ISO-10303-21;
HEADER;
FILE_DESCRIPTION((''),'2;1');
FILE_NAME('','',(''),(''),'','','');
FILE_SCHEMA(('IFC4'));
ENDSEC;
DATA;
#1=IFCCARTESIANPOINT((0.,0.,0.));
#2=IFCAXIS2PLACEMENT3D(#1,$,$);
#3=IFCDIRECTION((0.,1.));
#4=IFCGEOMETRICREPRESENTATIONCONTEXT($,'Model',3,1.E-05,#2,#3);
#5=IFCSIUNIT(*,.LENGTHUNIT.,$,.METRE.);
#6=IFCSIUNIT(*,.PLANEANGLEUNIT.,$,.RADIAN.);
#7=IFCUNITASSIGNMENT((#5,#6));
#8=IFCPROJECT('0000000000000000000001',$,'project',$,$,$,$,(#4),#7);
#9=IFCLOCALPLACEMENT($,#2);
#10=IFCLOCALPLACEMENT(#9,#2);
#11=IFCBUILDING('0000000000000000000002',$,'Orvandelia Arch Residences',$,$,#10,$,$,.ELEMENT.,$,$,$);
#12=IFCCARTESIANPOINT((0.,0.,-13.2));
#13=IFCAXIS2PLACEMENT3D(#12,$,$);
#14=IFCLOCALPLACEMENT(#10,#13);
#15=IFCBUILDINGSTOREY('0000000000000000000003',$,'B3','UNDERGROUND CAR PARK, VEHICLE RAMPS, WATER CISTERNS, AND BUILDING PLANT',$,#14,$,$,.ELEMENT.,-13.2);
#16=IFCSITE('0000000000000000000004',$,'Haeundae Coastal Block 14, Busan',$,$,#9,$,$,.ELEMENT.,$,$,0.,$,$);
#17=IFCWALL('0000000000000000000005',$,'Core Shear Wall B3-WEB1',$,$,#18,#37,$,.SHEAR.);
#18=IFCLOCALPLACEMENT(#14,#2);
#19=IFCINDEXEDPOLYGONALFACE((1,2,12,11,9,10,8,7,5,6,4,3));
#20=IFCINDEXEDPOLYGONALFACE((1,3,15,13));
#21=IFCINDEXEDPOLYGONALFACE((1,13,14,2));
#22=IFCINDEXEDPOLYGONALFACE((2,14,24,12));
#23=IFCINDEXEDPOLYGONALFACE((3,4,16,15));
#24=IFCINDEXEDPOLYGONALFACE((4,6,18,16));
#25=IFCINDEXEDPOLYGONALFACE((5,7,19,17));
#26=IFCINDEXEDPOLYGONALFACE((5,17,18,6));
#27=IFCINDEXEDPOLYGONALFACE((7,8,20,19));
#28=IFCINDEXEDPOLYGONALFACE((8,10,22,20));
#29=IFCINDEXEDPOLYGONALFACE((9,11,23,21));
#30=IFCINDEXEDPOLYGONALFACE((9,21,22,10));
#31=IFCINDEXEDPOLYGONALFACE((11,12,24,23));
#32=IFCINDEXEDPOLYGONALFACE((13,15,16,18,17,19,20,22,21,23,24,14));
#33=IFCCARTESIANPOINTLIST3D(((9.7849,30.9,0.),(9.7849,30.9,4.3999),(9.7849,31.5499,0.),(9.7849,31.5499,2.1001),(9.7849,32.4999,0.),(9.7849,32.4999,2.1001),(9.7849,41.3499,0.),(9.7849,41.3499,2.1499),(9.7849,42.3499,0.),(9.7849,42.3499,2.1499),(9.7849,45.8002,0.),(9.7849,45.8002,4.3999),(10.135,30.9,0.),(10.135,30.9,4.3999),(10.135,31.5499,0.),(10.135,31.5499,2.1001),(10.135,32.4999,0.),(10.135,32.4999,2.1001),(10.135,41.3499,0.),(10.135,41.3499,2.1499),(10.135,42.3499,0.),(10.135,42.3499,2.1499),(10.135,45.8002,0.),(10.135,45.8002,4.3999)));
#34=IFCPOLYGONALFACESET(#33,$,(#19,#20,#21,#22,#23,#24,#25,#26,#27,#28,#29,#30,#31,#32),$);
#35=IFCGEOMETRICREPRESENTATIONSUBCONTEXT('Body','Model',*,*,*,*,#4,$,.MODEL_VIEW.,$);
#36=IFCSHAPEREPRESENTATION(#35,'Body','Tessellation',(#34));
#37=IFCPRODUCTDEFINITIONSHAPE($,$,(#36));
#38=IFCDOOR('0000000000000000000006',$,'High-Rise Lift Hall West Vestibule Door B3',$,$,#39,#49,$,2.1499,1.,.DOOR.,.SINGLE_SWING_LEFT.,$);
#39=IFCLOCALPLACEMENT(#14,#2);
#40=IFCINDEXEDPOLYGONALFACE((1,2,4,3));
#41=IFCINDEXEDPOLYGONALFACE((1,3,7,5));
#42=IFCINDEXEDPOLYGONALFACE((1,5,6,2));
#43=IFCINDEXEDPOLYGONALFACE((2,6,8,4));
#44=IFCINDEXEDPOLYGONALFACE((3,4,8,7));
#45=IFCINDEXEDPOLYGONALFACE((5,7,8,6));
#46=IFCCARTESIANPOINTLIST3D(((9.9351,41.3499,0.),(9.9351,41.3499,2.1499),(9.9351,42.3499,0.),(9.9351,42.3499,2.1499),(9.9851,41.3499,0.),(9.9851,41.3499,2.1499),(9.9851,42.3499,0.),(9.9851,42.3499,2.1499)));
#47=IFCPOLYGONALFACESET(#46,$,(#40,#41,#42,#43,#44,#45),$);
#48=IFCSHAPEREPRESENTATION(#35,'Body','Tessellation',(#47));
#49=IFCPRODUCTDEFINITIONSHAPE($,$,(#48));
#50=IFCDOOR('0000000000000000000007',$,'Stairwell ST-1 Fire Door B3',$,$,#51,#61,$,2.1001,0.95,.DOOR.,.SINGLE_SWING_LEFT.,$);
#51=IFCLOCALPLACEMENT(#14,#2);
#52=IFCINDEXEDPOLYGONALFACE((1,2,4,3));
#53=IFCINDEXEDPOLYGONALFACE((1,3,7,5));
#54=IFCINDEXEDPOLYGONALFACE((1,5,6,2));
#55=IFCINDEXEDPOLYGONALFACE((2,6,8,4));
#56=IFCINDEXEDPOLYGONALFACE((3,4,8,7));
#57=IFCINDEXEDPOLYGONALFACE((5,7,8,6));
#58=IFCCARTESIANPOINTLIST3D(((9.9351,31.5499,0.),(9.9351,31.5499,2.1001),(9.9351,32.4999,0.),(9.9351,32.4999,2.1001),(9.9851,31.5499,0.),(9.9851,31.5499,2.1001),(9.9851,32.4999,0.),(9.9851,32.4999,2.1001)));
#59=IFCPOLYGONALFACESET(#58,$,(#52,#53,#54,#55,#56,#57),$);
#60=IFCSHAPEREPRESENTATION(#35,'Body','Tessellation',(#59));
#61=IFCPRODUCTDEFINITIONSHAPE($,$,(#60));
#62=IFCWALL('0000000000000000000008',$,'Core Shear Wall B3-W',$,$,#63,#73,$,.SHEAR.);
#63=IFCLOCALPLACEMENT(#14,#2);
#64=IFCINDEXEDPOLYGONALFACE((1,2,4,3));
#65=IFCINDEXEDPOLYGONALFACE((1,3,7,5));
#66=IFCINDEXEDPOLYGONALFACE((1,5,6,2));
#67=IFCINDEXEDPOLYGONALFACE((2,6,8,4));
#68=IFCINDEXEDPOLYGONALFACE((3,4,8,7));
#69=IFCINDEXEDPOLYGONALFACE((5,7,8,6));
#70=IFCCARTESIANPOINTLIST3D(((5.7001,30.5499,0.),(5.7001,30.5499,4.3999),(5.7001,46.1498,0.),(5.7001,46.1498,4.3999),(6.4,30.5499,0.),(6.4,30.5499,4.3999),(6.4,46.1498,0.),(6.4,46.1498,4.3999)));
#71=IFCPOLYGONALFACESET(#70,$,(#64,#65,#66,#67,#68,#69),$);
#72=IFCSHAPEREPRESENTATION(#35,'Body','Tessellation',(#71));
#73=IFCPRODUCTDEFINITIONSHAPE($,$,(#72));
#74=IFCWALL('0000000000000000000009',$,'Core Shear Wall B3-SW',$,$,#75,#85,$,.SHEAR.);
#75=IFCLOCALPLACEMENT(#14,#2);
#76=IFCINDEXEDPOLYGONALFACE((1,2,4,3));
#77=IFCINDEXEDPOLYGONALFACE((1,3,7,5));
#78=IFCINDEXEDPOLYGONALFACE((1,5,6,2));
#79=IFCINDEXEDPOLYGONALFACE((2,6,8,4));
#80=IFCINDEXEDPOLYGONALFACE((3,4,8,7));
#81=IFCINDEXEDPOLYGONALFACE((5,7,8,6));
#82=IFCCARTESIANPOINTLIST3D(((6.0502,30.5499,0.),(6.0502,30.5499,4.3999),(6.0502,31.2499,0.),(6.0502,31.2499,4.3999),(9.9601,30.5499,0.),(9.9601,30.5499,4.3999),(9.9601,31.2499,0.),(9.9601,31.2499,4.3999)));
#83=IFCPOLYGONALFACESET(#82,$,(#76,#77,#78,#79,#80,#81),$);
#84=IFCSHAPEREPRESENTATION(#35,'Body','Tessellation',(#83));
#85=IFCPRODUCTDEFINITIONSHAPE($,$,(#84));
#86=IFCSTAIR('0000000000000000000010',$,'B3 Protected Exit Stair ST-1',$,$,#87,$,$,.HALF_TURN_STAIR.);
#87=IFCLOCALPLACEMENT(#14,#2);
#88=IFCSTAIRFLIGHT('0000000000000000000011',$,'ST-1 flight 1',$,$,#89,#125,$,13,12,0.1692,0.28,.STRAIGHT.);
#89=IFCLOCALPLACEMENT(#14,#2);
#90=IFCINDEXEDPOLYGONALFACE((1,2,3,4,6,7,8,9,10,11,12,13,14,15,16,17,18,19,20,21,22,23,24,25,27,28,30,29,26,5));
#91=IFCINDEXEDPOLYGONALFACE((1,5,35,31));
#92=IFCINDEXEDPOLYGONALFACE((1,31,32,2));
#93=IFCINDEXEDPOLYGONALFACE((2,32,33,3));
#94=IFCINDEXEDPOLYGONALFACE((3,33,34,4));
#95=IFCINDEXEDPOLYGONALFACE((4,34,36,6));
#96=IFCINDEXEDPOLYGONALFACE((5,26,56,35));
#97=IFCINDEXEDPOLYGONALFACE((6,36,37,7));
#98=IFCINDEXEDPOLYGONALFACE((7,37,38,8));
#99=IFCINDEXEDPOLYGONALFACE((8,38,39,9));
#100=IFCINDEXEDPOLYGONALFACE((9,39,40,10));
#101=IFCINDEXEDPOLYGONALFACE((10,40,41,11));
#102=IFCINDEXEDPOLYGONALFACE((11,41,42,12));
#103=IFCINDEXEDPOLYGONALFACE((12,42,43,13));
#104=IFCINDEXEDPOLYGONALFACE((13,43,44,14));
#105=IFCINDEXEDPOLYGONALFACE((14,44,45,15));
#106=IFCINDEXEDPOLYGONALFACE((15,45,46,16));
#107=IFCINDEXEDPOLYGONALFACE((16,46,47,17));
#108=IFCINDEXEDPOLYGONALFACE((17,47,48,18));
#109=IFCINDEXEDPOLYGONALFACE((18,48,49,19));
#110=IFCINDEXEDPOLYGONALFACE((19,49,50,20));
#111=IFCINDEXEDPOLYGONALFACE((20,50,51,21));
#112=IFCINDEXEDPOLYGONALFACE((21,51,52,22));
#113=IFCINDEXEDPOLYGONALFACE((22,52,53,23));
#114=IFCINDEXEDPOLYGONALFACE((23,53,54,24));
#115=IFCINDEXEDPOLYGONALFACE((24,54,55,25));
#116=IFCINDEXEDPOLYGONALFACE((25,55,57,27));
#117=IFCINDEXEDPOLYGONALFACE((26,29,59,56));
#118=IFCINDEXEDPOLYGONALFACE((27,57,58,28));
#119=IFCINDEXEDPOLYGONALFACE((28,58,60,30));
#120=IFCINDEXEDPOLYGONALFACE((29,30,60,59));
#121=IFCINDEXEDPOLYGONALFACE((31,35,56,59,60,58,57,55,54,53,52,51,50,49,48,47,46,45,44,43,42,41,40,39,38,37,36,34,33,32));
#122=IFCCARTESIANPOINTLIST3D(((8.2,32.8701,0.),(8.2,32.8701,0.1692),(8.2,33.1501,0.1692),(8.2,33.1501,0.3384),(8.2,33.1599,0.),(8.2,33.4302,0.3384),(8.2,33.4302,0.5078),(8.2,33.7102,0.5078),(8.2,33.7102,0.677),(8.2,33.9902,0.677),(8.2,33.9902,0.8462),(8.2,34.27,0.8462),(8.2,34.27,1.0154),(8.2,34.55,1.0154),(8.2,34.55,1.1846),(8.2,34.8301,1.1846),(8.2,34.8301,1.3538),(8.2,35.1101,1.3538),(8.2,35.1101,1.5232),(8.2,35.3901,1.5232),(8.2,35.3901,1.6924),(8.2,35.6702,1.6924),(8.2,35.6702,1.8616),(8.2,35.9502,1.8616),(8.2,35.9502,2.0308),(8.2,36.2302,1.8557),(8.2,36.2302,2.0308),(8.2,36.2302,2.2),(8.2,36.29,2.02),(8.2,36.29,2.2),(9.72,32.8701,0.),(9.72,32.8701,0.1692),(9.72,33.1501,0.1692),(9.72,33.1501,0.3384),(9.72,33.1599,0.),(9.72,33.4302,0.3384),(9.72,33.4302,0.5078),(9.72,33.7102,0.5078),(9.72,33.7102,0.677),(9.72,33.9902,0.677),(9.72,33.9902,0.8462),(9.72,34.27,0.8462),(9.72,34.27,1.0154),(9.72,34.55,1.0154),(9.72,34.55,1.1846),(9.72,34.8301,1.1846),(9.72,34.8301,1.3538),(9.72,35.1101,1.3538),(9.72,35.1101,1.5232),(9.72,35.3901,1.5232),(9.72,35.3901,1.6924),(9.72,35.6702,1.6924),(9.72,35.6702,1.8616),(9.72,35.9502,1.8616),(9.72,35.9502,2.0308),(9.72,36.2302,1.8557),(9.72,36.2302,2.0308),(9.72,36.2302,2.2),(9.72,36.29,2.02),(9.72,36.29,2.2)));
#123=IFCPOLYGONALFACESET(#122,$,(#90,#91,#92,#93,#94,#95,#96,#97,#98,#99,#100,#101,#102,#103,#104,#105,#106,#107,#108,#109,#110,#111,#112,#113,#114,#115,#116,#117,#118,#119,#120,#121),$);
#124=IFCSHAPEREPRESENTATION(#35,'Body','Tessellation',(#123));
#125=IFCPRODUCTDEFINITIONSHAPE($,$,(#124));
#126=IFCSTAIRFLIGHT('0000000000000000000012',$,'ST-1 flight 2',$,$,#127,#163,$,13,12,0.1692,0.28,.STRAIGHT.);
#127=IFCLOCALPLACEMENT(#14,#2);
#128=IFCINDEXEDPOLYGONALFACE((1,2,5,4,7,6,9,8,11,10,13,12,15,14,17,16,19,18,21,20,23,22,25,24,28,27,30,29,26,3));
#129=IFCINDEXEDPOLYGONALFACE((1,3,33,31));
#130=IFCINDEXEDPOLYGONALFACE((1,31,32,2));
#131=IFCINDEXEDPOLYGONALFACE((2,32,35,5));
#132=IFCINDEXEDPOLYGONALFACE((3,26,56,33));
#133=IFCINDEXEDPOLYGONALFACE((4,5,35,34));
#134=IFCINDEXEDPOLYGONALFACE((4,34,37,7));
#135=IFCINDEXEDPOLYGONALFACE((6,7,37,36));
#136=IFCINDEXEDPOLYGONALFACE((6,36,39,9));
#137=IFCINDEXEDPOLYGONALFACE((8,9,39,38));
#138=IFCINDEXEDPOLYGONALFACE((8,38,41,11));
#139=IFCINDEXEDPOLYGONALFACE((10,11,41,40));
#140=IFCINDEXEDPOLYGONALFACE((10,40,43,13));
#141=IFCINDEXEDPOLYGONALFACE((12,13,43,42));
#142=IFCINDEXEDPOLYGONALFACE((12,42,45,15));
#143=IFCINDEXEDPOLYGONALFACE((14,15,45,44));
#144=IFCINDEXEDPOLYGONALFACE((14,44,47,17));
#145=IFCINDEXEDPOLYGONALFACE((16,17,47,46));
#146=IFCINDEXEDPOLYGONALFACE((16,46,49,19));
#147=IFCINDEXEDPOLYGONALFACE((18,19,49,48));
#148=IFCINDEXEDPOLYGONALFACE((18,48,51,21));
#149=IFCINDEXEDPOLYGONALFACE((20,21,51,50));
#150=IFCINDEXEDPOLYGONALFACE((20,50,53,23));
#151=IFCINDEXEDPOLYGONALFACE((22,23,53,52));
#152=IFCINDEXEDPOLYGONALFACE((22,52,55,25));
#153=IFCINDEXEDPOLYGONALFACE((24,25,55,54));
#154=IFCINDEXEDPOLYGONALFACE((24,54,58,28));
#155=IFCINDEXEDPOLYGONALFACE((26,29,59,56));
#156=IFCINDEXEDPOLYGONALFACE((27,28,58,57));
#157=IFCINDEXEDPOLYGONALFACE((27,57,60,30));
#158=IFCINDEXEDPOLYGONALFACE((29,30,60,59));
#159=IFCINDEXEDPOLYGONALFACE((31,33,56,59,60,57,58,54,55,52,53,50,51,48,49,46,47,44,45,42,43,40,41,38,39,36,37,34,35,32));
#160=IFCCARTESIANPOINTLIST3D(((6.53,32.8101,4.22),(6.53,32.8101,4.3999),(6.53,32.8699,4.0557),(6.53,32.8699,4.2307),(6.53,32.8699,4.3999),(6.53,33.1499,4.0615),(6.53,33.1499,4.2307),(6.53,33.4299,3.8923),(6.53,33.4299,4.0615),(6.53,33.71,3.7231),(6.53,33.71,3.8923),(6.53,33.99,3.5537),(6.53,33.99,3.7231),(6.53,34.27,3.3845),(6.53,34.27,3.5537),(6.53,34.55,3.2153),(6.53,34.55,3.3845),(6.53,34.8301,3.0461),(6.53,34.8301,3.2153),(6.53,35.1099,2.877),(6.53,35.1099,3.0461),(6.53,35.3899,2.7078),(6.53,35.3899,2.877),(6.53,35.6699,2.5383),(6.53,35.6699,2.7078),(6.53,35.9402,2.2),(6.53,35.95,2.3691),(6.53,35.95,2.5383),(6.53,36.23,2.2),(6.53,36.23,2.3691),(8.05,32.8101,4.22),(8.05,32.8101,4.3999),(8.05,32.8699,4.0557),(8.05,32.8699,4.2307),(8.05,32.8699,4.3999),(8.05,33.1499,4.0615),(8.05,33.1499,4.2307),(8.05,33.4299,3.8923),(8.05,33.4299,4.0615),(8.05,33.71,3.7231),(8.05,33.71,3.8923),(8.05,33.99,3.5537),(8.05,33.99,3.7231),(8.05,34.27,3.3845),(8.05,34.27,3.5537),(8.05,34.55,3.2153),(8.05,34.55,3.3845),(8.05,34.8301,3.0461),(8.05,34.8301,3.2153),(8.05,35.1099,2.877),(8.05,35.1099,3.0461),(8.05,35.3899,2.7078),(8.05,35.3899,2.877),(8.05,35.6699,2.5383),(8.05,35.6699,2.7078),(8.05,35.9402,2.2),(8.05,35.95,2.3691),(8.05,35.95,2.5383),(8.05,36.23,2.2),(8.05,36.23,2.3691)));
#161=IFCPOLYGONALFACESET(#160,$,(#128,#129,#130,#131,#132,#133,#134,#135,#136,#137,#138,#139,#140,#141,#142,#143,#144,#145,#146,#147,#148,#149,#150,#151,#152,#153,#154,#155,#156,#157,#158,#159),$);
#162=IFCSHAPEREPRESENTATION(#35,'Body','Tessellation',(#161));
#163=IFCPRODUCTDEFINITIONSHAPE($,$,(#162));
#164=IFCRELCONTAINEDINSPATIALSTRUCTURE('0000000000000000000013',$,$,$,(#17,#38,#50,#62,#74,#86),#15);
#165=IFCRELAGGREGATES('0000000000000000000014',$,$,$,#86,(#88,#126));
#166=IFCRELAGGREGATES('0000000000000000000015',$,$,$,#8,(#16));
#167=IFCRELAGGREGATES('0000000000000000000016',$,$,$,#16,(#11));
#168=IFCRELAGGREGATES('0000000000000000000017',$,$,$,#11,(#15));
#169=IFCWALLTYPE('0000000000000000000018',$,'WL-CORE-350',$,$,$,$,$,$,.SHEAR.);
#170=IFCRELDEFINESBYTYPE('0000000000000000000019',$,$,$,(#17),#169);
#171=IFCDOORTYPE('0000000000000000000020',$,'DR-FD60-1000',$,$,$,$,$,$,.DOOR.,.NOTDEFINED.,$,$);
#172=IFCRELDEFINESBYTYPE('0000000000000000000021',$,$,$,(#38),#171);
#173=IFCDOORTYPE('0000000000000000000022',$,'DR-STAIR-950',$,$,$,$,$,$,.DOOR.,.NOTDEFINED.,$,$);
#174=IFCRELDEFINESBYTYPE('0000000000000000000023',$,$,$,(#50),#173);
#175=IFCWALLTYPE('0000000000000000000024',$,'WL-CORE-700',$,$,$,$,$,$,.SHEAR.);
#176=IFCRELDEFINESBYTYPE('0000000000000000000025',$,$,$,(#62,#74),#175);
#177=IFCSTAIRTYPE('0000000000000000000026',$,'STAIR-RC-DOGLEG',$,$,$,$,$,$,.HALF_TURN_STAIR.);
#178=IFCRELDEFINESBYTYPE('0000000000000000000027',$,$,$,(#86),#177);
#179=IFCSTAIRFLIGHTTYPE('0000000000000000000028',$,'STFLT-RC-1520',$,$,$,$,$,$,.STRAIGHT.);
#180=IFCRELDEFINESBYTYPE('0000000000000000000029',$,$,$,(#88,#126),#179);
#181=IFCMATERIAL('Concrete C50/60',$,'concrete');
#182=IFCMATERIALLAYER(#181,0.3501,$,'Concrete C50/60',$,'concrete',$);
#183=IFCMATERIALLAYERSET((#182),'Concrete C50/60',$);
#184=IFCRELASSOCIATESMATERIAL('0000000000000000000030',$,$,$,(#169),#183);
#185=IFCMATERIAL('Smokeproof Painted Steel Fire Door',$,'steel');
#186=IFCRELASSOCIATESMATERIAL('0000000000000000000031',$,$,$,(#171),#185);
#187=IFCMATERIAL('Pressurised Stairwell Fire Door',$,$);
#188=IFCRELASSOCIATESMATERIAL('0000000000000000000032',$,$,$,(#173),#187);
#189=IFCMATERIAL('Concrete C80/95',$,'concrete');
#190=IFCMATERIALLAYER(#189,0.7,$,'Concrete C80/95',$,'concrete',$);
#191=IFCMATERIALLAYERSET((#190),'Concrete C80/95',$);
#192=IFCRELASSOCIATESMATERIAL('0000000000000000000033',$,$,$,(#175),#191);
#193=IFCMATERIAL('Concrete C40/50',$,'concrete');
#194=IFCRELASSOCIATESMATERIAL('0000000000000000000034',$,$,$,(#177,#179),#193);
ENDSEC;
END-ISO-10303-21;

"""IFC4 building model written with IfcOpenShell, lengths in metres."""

from ifc_helpers import new_model, si_unit, direction, frame, frame_2d, origin, place, context, subcontext, project, spatial, polyline, rectangle, outline, extrude, material, layer, layer_set, type_object, element, fill, aggregate, save


model = new_model("IFC4")

# Units and contexts
model_context = context("Model", 3, precision=1e-05, world=origin(), true_north=direction((0.0, 1.0)))
body_context = subcontext(model_context, "Body", "Model", "MODEL_VIEW")
ifc_project = project(units=[si_unit("LENGTHUNIT", "METRE"), si_unit("PLANEANGLEUNIT", "RADIAN")], contexts=[model_context])

# Site, building, storey
site_placement = place(None, origin())
site = spatial("IfcSite", under=ifc_project, at=site_placement, Name="Haeundae Coastal Block 14, Busan", CompositionType="ELEMENT", RefElevation=0.0)
building_placement = place(site_placement, origin())
building = spatial("IfcBuilding", under=site, at=building_placement, Name="Orvandelia Arch Residences", CompositionType="ELEMENT")
storey_placement = place(building_placement, frame((0.0, 0.0, -13.2)))
storey = spatial("IfcBuildingStorey", under=building, at=storey_placement, Name="B3", Description="UNDERGROUND CAR PARK, VEHICLE RAMPS, WATER CISTERNS, AND BUILDING PLANT", CompositionType="ELEMENT", Elevation=-13.2)

# Shared definitions
ifc_material_1 = material(Name="Concrete C50/60", Category="concrete")

# Shared definitions
ifc_material_2 = material(Name="Concrete C80/95", Category="concrete")

# Wall, openings, doors
ifc_layer_1 = layer(ifc_material_1, 0.3501, Name="Concrete C50/60", Category="concrete")
ifc_layer_set_1 = layer_set([ifc_layer_1], Name="Concrete C50/60")
wall_type_1 = type_object("IfcWallType", Name="WL-CORE-350", PredefinedType="SHEAR", material=ifc_layer_set_1)
wall_1_placement = place(storey_placement, frame((9.96, 30.8999, 0.0), z_axis=(0.0, 0.0, 1.0), x_axis=(0.0, 1.0, 0.0)))
wall_1 = element("IfcWall", 1, at=wall_1_placement, inside=storey, type_object=wall_type_1, Name="Core Shear Wall B3-WEB1", PredefinedType="SHEAR", context=body_context, shape_type="SweptSolid", body=[
    extrude(rectangle(XDim=14.9001, YDim=0.3501, at=frame_2d((7.4502, 0.0))), origin(), (0.0, 0.0, 1.0), 4.3999),
])
opening_1_placement = place(wall_1_placement, frame((0.6499, 0.0, 0.0)))
opening_1 = element("IfcOpeningElement", 2, at=opening_1_placement, cuts=wall_1, PredefinedType="OPENING", context=body_context, shape_type="SweptSolid", body=[
    extrude(rectangle(XDim=0.95, YDim=2.1001, at=frame_2d((0.4751, 1.05))), frame((0.0, 0.1851, 0.0), z_axis=(0.0, -1.0, 0.0), x_axis=(1.0, 0.0, 0.0)), (0.0, 0.0, 1.0), 0.3701),
])
opening_2_placement = place(wall_1_placement, frame((10.45, 0.0, 0.0)))
opening_2 = element("IfcOpeningElement", 3, at=opening_2_placement, cuts=wall_1, PredefinedType="OPENING", context=body_context, shape_type="SweptSolid", body=[
    extrude(rectangle(XDim=1.0, YDim=2.1499, at=frame_2d((0.5, 1.075))), frame((0.0, 0.1851, 0.0), z_axis=(0.0, -1.0, 0.0), x_axis=(1.0, 0.0, 0.0)), (0.0, 0.0, 1.0), 0.3701),
])
ifc_material_3 = material(Name="Smokeproof Painted Steel Fire Door", Category="steel")
door_type_1 = type_object("IfcDoorType", Name="DR-FD60-1000", OperationType="NOTDEFINED", PredefinedType="DOOR", material=ifc_material_3)
door_1_placement = place(opening_2_placement, origin())
door_1 = element("IfcDoor", 4, at=door_1_placement, inside=storey, type_object=door_type_1, Name="High-Rise Lift Hall West Vestibule Door B3", OperationType="SINGLE_SWING_LEFT", OverallHeight=2.1499, OverallWidth=1.0, PredefinedType="DOOR", context=body_context, shape_type="SweptSolid", body=[
    extrude(rectangle(XDim=1.0, YDim=2.1499, at=frame_2d((0.5, 1.075))), frame((0.0, 0.0249, 0.0), z_axis=(0.0, -1.0, 0.0), x_axis=(1.0, 0.0, 0.0)), (0.0, 0.0, 1.0), 0.05),
])
fill(opening_2, door_1)
ifc_material_4 = material(Name="Pressurised Stairwell Fire Door")
door_type_2 = type_object("IfcDoorType", Name="DR-STAIR-950", OperationType="NOTDEFINED", PredefinedType="DOOR", material=ifc_material_4)
door_2_placement = place(opening_1_placement, origin())
door_2 = element("IfcDoor", 5, at=door_2_placement, inside=storey, type_object=door_type_2, Name="Stairwell ST-1 Fire Door B3", OperationType="SINGLE_SWING_LEFT", OverallHeight=2.1001, OverallWidth=0.95, PredefinedType="DOOR", context=body_context, shape_type="SweptSolid", body=[
    extrude(rectangle(XDim=0.95, YDim=2.1001, at=frame_2d((0.4751, 1.05))), frame((0.0, 0.0249, 0.0), z_axis=(0.0, -1.0, 0.0), x_axis=(1.0, 0.0, 0.0)), (0.0, 0.0, 1.0), 0.05),
])
fill(opening_1, door_2)

# Walls
ifc_layer_2 = layer(ifc_material_2, 0.7, Name="Concrete C80/95", Category="concrete")
ifc_layer_set_2 = layer_set([ifc_layer_2], Name="Concrete C80/95")
wall_type_2 = type_object("IfcWallType", Name="WL-CORE-700", PredefinedType="SHEAR", material=ifc_layer_set_2)
wall_2_placement = place(storey_placement, frame((6.05, 30.55, 0.0), z_axis=(0.0, 0.0, 1.0), x_axis=(0.0, 1.0, 0.0)))
element("IfcWall", 6, at=wall_2_placement, inside=storey, type_object=wall_type_2, Name="Core Shear Wall B3-W", PredefinedType="SHEAR", context=body_context, shape_type="SweptSolid", body=[
    extrude(rectangle(XDim=15.5999, YDim=0.7, at=frame_2d((7.7998, 0.0))), origin(), (0.0, 0.0, 1.0), 4.3999),
])
wall_3_placement = place(storey_placement, frame((6.05, 30.8999, 0.0), z_axis=(0.0, 0.0, 1.0), x_axis=(1.0, 0.0, 0.0)))
element("IfcWall", 7, at=wall_3_placement, inside=storey, type_object=wall_type_2, Name="Core Shear Wall B3-SW", PredefinedType="SHEAR", context=body_context, shape_type="SweptSolid", body=[
    extrude(rectangle(XDim=3.9099, YDim=0.7, at=frame_2d((1.9551, 0.0))), origin(), (0.0, 0.0, 1.0), 4.3999),
])

# Stair, stair flights
ifc_material_5 = material(Name="Concrete C40/50", Category="concrete")
stair_type = type_object("IfcStairType", Name="STAIR-RC-DOGLEG", PredefinedType="HALF_TURN_STAIR", material=ifc_material_5)
stair_placement = place(storey_placement, origin())
stair = element("IfcStair", 8, at=stair_placement, inside=storey, type_object=stair_type, Name="B3 Protected Exit Stair ST-1", PredefinedType="HALF_TURN_STAIR")
stair_flight_type = type_object("IfcStairFlightType", Name="STFLT-RC-1520", PredefinedType="STRAIGHT", material=ifc_material_5)
stair_flight_1_placement = place(storey_placement, frame((8.96, 32.8701, 0.0), z_axis=(0.0, 0.0, 1.0), x_axis=(0.0, 1.0, 0.0)))
stair_flight_1 = element("IfcStairFlight", 9, at=stair_flight_1_placement, type_object=stair_flight_type, Name="ST-1 flight 1", NumberOfRisers=13, NumberOfTreads=12, PredefinedType="STRAIGHT", RiserHeight=0.1692, TreadLength=0.28, context=body_context, shape_type="SweptSolid", body=[
    extrude(outline(polyline([(0.0, 0.0), (0.0, 0.1692), (0.28, 0.1692), (0.28, 0.3384), (0.5601, 0.3384), (0.5601, 0.5078), (0.8401, 0.5078), (0.8401, 0.677), (1.1201, 0.677), (1.1201, 0.8462), (1.3999, 0.8462), (1.3999, 1.0154), (1.6799, 1.0154), (1.6799, 1.1846), (1.96, 1.1846), (1.96, 1.3538), (2.24, 1.3538), (2.24, 1.5232), (2.52, 1.5232), (2.52, 1.6924), (2.8, 1.6924), (2.8, 1.8616), (3.0801, 1.8616), (3.0801, 2.0308), (3.3601, 2.0308), (3.3601, 2.2), (3.4199, 2.2), (3.4199, 2.02), (3.3601, 1.8557), (0.2898, 0.0), (0.0, 0.0)])), frame((0.0, 0.76, 0.0), z_axis=(0.0, -1.0, 0.0), x_axis=(1.0, 0.0, 0.0)), (0.0, 0.0, 1.0), 1.52),
])
stair_flight_2_placement = place(storey_placement, frame((7.29, 36.23, 2.2), z_axis=(0.0, 0.0, 1.0), x_axis=(0.0, -1.0, 0.0)))
stair_flight_2 = element("IfcStairFlight", 10, at=stair_flight_2_placement, type_object=stair_flight_type, Name="ST-1 flight 2", NumberOfRisers=13, NumberOfTreads=12, PredefinedType="STRAIGHT", RiserHeight=0.1692, TreadLength=0.28, context=body_context, shape_type="SweptSolid", body=[
    extrude(outline(polyline([(0.0, 0.0), (0.0, 0.1692), (0.28, 0.1692), (0.28, 0.3384), (0.5601, 0.3384), (0.5601, 0.5078), (0.8401, 0.5078), (0.8401, 0.677), (1.1201, 0.677), (1.1201, 0.8462), (1.3999, 0.8462), (1.3999, 1.0154), (1.6799, 1.0154), (1.6799, 1.1846), (1.96, 1.1846), (1.96, 1.3538), (2.24, 1.3538), (2.24, 1.5232), (2.52, 1.5232), (2.52, 1.6924), (2.8, 1.6924), (2.8, 1.8616), (3.0801, 1.8616), (3.0801, 2.0308), (3.3601, 2.0308), (3.3601, 2.2), (3.4199, 2.2), (3.4199, 2.02), (3.3601, 1.8557), (0.2898, 0.0), (0.0, 0.0)])), frame((0.0, 0.76, 0.0), z_axis=(0.0, -1.0, 0.0), x_axis=(1.0, 0.0, 0.0)), (0.0, 0.0, 1.0), 1.52),
])
aggregate(stair, [stair_flight_1, stair_flight_2])

save(model, "model.ifc")
